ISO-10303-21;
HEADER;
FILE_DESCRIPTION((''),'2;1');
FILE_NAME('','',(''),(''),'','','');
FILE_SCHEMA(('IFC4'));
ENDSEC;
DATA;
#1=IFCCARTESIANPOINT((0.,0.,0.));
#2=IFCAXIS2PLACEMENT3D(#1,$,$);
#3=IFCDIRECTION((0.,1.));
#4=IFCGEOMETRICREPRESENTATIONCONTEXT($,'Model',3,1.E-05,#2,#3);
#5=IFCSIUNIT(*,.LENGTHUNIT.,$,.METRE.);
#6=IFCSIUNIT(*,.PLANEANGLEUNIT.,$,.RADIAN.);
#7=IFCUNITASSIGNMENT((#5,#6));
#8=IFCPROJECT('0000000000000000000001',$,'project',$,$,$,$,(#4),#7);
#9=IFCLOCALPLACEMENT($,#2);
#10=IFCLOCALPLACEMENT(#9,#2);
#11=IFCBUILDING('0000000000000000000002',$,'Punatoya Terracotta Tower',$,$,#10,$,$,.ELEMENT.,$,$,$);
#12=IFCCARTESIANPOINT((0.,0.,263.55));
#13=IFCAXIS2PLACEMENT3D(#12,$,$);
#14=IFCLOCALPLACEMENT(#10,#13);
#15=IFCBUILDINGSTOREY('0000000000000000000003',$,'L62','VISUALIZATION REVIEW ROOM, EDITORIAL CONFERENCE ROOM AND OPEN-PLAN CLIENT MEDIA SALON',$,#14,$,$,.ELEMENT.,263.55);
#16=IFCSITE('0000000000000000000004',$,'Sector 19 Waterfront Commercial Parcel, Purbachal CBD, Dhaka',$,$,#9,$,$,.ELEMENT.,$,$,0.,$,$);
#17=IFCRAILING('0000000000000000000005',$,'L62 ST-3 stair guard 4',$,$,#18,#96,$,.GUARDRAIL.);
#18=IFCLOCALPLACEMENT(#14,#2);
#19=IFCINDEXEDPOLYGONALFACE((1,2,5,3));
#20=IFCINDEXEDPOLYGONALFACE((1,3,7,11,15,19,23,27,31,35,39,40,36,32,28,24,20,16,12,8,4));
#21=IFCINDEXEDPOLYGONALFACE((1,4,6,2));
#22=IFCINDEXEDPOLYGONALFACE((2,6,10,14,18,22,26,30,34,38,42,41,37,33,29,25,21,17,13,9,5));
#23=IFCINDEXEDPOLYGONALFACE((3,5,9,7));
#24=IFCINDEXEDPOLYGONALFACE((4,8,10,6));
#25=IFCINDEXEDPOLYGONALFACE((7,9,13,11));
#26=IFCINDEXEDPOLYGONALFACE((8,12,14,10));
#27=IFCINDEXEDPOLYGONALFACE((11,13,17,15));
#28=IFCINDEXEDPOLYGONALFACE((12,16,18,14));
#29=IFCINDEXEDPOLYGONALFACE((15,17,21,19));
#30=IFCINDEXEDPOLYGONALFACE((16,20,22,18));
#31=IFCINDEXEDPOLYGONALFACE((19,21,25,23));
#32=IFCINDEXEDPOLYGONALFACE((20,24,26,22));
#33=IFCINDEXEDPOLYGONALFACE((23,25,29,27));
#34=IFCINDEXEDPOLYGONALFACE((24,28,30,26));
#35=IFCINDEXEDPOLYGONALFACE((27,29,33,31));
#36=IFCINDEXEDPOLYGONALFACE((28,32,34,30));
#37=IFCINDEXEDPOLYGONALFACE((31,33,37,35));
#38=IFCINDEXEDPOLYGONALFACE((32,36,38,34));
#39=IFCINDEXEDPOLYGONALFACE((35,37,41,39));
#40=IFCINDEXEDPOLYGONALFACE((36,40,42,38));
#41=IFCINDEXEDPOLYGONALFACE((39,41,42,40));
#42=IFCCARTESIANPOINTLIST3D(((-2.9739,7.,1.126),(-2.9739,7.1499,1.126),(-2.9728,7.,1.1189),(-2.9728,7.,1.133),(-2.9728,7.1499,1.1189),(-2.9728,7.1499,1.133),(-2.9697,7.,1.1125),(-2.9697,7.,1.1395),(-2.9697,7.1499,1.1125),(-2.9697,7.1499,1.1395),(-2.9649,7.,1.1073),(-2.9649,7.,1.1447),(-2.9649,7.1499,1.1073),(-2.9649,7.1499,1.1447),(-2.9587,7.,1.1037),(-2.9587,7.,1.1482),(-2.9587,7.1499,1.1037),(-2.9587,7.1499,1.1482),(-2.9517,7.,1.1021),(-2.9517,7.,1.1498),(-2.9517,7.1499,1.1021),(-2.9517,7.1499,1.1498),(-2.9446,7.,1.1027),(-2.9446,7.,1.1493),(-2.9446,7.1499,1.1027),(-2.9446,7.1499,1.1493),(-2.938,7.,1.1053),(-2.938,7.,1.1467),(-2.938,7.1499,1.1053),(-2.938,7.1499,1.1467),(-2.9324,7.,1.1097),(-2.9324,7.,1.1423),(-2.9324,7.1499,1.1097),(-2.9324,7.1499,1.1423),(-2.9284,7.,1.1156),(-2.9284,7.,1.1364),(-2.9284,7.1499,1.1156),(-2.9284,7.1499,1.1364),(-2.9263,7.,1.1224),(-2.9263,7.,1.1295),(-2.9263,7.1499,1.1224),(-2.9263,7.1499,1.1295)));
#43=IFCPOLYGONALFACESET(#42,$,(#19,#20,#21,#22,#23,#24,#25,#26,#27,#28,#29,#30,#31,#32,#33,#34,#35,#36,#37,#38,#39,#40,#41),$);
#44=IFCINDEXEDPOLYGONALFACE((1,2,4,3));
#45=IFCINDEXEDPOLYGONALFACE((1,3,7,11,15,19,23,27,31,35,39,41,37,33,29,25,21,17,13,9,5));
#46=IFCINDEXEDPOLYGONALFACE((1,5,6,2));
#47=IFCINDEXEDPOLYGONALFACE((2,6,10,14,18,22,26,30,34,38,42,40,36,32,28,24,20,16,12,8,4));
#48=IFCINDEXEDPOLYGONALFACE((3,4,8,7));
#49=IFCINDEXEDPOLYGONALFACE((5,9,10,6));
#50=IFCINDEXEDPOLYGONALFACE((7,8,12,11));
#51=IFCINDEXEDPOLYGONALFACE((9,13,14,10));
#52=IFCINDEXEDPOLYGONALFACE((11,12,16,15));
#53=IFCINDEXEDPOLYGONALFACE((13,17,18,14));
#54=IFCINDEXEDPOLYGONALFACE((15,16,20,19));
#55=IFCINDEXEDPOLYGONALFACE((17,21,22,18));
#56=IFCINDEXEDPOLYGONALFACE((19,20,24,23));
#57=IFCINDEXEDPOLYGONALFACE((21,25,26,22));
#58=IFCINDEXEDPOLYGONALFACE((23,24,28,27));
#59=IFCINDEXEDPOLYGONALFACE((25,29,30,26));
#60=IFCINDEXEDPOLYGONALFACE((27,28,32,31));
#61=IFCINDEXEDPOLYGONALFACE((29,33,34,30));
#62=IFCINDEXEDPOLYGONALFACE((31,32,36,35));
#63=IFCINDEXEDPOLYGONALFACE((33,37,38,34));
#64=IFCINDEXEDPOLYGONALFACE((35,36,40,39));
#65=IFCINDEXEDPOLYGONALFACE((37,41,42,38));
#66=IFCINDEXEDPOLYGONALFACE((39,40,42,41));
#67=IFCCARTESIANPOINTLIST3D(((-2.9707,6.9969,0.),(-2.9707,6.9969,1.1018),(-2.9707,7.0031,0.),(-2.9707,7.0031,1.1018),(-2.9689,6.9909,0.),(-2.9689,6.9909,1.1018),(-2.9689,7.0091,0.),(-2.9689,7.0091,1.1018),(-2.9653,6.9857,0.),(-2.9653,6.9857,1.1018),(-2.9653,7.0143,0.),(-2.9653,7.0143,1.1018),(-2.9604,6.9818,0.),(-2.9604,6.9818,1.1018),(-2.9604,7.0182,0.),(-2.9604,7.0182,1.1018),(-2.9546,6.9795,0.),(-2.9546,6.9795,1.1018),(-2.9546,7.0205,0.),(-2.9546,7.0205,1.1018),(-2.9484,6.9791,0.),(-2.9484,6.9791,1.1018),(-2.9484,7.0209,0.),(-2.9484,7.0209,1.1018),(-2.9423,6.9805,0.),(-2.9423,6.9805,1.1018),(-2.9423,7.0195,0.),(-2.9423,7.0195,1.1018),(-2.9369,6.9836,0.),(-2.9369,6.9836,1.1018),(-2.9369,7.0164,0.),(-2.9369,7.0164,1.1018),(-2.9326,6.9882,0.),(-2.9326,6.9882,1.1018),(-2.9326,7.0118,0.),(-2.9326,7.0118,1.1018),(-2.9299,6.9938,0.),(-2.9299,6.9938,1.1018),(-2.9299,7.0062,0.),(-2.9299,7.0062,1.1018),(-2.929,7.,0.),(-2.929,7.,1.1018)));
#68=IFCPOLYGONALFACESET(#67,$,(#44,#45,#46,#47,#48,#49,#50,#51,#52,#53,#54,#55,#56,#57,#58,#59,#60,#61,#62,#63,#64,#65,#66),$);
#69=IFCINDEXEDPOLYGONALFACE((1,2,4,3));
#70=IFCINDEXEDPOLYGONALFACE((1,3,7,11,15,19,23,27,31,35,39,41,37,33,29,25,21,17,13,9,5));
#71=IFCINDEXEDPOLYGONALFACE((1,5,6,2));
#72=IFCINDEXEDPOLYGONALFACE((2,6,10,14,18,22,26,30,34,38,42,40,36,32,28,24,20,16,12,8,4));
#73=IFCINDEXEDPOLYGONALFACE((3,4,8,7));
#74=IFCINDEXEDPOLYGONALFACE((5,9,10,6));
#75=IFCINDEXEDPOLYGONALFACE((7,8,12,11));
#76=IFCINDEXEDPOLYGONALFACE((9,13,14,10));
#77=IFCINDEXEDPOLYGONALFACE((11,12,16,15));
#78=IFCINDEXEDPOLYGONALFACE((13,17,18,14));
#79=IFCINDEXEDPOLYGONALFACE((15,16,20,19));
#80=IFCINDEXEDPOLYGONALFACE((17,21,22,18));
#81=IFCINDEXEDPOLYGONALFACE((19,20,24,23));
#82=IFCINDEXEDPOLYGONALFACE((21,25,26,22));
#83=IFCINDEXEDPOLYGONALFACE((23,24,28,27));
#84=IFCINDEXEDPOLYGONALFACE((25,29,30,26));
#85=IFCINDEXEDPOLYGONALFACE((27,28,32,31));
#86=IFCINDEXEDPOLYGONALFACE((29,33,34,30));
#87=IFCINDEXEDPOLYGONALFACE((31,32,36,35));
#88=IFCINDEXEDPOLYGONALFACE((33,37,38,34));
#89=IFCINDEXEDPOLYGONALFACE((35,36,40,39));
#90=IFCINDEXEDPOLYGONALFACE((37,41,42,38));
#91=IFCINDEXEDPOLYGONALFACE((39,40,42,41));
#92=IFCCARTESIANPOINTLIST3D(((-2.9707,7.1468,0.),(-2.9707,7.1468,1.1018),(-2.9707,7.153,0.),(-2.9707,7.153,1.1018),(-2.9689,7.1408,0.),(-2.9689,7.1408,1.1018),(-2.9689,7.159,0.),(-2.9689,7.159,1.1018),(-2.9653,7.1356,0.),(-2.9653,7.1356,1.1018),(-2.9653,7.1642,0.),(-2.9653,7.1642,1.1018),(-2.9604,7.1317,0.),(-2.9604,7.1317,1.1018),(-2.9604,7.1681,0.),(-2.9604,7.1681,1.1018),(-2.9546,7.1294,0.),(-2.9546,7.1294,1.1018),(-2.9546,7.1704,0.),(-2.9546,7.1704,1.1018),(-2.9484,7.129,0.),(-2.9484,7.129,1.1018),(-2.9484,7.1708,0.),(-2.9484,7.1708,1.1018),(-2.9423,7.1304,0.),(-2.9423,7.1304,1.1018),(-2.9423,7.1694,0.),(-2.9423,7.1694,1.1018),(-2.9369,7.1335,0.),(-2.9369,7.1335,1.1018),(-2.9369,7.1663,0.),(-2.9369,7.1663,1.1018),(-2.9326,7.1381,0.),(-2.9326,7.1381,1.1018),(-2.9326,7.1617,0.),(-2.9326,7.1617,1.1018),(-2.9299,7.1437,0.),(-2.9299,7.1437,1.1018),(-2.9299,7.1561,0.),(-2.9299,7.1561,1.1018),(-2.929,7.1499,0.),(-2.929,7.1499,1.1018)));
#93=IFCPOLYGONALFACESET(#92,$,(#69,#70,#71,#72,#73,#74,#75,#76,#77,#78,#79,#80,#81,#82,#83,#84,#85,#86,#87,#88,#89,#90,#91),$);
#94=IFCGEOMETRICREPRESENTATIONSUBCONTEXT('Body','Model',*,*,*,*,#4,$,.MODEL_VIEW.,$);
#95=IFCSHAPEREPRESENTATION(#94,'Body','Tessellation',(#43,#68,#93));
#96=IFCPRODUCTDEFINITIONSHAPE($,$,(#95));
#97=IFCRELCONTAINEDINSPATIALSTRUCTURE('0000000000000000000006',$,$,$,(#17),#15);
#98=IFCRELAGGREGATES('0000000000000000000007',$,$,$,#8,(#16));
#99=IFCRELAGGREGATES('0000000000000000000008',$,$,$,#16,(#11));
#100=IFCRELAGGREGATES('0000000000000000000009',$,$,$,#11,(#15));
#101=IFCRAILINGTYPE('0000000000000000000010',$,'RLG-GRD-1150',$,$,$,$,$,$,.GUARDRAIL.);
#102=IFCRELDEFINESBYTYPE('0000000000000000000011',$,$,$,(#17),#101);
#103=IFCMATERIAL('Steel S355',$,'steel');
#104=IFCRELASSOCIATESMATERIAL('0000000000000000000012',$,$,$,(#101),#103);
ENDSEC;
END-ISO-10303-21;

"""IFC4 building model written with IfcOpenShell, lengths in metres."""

from ifc_helpers import new_model, si_unit, direction, frame, origin, origin_2d, place, context, subcontext, project, spatial, circle, extrude, material, type_object, element, save


model = new_model("IFC4")

# Units and contexts
model_context = context("Model", 3, precision=1e-05, world=origin(), true_north=direction((0.0, 1.0)))
body_context = subcontext(model_context, "Body", "Model", "MODEL_VIEW")
ifc_project = project(units=[si_unit("LENGTHUNIT", "METRE"), si_unit("PLANEANGLEUNIT", "RADIAN")], contexts=[model_context])

# Site, building, storey
site_placement = place(None, origin())
site = spatial("IfcSite", under=ifc_project, at=site_placement, Name="Sector 19 Waterfront Commercial Parcel, Purbachal CBD, Dhaka", CompositionType="ELEMENT", RefElevation=0.0)
building_placement = place(site_placement, origin())
building = spatial("IfcBuilding", under=site, at=building_placement, Name="Punatoya Terracotta Tower", CompositionType="ELEMENT")
storey_placement = place(building_placement, frame((0.0, 0.0, 263.55)))
storey = spatial("IfcBuildingStorey", under=building, at=storey_placement, Name="L62", Description="VISUALIZATION REVIEW ROOM, EDITORIAL CONFERENCE ROOM AND OPEN-PLAN CLIENT MEDIA SALON", CompositionType="ELEMENT", Elevation=263.55)

# Shared definitions
ifc_material_1 = material(Name="Steel S355", Category="steel")

# Railing
railing_type_1 = type_object("IfcRailingType", Name="RLG-GRD-1150", PredefinedType="GUARDRAIL", material=ifc_material_1)
railing_1_placement = place(storey_placement, frame((-2.95, 7.0, 0.0)))
element("IfcRailing", 1, at=railing_1_placement, inside=storey, type_object=railing_type_1, Name="L62 ST-3 stair guard 4", PredefinedType="GUARDRAIL", context=body_context, shape_type="SweptSolid", body=[
    extrude(circle(Radius=0.0239, at=origin_2d()), frame((0.0, 0.0, 1.126), z_axis=(0.0, 1.0, 0.0), x_axis=(-1.0, 0.0, 0.0)), (0.0, 0.0, 1.0), 0.1499),
    extrude(circle(Radius=0.021, at=origin_2d()), origin(), (0.0, 0.0, 1.0), 1.1018),
    extrude(circle(Radius=0.021, at=origin_2d()), frame((0.0, 0.1499, 0.0)), (0.0, 0.0, 1.0), 1.1018),
])

save(model, "model.ifc")
